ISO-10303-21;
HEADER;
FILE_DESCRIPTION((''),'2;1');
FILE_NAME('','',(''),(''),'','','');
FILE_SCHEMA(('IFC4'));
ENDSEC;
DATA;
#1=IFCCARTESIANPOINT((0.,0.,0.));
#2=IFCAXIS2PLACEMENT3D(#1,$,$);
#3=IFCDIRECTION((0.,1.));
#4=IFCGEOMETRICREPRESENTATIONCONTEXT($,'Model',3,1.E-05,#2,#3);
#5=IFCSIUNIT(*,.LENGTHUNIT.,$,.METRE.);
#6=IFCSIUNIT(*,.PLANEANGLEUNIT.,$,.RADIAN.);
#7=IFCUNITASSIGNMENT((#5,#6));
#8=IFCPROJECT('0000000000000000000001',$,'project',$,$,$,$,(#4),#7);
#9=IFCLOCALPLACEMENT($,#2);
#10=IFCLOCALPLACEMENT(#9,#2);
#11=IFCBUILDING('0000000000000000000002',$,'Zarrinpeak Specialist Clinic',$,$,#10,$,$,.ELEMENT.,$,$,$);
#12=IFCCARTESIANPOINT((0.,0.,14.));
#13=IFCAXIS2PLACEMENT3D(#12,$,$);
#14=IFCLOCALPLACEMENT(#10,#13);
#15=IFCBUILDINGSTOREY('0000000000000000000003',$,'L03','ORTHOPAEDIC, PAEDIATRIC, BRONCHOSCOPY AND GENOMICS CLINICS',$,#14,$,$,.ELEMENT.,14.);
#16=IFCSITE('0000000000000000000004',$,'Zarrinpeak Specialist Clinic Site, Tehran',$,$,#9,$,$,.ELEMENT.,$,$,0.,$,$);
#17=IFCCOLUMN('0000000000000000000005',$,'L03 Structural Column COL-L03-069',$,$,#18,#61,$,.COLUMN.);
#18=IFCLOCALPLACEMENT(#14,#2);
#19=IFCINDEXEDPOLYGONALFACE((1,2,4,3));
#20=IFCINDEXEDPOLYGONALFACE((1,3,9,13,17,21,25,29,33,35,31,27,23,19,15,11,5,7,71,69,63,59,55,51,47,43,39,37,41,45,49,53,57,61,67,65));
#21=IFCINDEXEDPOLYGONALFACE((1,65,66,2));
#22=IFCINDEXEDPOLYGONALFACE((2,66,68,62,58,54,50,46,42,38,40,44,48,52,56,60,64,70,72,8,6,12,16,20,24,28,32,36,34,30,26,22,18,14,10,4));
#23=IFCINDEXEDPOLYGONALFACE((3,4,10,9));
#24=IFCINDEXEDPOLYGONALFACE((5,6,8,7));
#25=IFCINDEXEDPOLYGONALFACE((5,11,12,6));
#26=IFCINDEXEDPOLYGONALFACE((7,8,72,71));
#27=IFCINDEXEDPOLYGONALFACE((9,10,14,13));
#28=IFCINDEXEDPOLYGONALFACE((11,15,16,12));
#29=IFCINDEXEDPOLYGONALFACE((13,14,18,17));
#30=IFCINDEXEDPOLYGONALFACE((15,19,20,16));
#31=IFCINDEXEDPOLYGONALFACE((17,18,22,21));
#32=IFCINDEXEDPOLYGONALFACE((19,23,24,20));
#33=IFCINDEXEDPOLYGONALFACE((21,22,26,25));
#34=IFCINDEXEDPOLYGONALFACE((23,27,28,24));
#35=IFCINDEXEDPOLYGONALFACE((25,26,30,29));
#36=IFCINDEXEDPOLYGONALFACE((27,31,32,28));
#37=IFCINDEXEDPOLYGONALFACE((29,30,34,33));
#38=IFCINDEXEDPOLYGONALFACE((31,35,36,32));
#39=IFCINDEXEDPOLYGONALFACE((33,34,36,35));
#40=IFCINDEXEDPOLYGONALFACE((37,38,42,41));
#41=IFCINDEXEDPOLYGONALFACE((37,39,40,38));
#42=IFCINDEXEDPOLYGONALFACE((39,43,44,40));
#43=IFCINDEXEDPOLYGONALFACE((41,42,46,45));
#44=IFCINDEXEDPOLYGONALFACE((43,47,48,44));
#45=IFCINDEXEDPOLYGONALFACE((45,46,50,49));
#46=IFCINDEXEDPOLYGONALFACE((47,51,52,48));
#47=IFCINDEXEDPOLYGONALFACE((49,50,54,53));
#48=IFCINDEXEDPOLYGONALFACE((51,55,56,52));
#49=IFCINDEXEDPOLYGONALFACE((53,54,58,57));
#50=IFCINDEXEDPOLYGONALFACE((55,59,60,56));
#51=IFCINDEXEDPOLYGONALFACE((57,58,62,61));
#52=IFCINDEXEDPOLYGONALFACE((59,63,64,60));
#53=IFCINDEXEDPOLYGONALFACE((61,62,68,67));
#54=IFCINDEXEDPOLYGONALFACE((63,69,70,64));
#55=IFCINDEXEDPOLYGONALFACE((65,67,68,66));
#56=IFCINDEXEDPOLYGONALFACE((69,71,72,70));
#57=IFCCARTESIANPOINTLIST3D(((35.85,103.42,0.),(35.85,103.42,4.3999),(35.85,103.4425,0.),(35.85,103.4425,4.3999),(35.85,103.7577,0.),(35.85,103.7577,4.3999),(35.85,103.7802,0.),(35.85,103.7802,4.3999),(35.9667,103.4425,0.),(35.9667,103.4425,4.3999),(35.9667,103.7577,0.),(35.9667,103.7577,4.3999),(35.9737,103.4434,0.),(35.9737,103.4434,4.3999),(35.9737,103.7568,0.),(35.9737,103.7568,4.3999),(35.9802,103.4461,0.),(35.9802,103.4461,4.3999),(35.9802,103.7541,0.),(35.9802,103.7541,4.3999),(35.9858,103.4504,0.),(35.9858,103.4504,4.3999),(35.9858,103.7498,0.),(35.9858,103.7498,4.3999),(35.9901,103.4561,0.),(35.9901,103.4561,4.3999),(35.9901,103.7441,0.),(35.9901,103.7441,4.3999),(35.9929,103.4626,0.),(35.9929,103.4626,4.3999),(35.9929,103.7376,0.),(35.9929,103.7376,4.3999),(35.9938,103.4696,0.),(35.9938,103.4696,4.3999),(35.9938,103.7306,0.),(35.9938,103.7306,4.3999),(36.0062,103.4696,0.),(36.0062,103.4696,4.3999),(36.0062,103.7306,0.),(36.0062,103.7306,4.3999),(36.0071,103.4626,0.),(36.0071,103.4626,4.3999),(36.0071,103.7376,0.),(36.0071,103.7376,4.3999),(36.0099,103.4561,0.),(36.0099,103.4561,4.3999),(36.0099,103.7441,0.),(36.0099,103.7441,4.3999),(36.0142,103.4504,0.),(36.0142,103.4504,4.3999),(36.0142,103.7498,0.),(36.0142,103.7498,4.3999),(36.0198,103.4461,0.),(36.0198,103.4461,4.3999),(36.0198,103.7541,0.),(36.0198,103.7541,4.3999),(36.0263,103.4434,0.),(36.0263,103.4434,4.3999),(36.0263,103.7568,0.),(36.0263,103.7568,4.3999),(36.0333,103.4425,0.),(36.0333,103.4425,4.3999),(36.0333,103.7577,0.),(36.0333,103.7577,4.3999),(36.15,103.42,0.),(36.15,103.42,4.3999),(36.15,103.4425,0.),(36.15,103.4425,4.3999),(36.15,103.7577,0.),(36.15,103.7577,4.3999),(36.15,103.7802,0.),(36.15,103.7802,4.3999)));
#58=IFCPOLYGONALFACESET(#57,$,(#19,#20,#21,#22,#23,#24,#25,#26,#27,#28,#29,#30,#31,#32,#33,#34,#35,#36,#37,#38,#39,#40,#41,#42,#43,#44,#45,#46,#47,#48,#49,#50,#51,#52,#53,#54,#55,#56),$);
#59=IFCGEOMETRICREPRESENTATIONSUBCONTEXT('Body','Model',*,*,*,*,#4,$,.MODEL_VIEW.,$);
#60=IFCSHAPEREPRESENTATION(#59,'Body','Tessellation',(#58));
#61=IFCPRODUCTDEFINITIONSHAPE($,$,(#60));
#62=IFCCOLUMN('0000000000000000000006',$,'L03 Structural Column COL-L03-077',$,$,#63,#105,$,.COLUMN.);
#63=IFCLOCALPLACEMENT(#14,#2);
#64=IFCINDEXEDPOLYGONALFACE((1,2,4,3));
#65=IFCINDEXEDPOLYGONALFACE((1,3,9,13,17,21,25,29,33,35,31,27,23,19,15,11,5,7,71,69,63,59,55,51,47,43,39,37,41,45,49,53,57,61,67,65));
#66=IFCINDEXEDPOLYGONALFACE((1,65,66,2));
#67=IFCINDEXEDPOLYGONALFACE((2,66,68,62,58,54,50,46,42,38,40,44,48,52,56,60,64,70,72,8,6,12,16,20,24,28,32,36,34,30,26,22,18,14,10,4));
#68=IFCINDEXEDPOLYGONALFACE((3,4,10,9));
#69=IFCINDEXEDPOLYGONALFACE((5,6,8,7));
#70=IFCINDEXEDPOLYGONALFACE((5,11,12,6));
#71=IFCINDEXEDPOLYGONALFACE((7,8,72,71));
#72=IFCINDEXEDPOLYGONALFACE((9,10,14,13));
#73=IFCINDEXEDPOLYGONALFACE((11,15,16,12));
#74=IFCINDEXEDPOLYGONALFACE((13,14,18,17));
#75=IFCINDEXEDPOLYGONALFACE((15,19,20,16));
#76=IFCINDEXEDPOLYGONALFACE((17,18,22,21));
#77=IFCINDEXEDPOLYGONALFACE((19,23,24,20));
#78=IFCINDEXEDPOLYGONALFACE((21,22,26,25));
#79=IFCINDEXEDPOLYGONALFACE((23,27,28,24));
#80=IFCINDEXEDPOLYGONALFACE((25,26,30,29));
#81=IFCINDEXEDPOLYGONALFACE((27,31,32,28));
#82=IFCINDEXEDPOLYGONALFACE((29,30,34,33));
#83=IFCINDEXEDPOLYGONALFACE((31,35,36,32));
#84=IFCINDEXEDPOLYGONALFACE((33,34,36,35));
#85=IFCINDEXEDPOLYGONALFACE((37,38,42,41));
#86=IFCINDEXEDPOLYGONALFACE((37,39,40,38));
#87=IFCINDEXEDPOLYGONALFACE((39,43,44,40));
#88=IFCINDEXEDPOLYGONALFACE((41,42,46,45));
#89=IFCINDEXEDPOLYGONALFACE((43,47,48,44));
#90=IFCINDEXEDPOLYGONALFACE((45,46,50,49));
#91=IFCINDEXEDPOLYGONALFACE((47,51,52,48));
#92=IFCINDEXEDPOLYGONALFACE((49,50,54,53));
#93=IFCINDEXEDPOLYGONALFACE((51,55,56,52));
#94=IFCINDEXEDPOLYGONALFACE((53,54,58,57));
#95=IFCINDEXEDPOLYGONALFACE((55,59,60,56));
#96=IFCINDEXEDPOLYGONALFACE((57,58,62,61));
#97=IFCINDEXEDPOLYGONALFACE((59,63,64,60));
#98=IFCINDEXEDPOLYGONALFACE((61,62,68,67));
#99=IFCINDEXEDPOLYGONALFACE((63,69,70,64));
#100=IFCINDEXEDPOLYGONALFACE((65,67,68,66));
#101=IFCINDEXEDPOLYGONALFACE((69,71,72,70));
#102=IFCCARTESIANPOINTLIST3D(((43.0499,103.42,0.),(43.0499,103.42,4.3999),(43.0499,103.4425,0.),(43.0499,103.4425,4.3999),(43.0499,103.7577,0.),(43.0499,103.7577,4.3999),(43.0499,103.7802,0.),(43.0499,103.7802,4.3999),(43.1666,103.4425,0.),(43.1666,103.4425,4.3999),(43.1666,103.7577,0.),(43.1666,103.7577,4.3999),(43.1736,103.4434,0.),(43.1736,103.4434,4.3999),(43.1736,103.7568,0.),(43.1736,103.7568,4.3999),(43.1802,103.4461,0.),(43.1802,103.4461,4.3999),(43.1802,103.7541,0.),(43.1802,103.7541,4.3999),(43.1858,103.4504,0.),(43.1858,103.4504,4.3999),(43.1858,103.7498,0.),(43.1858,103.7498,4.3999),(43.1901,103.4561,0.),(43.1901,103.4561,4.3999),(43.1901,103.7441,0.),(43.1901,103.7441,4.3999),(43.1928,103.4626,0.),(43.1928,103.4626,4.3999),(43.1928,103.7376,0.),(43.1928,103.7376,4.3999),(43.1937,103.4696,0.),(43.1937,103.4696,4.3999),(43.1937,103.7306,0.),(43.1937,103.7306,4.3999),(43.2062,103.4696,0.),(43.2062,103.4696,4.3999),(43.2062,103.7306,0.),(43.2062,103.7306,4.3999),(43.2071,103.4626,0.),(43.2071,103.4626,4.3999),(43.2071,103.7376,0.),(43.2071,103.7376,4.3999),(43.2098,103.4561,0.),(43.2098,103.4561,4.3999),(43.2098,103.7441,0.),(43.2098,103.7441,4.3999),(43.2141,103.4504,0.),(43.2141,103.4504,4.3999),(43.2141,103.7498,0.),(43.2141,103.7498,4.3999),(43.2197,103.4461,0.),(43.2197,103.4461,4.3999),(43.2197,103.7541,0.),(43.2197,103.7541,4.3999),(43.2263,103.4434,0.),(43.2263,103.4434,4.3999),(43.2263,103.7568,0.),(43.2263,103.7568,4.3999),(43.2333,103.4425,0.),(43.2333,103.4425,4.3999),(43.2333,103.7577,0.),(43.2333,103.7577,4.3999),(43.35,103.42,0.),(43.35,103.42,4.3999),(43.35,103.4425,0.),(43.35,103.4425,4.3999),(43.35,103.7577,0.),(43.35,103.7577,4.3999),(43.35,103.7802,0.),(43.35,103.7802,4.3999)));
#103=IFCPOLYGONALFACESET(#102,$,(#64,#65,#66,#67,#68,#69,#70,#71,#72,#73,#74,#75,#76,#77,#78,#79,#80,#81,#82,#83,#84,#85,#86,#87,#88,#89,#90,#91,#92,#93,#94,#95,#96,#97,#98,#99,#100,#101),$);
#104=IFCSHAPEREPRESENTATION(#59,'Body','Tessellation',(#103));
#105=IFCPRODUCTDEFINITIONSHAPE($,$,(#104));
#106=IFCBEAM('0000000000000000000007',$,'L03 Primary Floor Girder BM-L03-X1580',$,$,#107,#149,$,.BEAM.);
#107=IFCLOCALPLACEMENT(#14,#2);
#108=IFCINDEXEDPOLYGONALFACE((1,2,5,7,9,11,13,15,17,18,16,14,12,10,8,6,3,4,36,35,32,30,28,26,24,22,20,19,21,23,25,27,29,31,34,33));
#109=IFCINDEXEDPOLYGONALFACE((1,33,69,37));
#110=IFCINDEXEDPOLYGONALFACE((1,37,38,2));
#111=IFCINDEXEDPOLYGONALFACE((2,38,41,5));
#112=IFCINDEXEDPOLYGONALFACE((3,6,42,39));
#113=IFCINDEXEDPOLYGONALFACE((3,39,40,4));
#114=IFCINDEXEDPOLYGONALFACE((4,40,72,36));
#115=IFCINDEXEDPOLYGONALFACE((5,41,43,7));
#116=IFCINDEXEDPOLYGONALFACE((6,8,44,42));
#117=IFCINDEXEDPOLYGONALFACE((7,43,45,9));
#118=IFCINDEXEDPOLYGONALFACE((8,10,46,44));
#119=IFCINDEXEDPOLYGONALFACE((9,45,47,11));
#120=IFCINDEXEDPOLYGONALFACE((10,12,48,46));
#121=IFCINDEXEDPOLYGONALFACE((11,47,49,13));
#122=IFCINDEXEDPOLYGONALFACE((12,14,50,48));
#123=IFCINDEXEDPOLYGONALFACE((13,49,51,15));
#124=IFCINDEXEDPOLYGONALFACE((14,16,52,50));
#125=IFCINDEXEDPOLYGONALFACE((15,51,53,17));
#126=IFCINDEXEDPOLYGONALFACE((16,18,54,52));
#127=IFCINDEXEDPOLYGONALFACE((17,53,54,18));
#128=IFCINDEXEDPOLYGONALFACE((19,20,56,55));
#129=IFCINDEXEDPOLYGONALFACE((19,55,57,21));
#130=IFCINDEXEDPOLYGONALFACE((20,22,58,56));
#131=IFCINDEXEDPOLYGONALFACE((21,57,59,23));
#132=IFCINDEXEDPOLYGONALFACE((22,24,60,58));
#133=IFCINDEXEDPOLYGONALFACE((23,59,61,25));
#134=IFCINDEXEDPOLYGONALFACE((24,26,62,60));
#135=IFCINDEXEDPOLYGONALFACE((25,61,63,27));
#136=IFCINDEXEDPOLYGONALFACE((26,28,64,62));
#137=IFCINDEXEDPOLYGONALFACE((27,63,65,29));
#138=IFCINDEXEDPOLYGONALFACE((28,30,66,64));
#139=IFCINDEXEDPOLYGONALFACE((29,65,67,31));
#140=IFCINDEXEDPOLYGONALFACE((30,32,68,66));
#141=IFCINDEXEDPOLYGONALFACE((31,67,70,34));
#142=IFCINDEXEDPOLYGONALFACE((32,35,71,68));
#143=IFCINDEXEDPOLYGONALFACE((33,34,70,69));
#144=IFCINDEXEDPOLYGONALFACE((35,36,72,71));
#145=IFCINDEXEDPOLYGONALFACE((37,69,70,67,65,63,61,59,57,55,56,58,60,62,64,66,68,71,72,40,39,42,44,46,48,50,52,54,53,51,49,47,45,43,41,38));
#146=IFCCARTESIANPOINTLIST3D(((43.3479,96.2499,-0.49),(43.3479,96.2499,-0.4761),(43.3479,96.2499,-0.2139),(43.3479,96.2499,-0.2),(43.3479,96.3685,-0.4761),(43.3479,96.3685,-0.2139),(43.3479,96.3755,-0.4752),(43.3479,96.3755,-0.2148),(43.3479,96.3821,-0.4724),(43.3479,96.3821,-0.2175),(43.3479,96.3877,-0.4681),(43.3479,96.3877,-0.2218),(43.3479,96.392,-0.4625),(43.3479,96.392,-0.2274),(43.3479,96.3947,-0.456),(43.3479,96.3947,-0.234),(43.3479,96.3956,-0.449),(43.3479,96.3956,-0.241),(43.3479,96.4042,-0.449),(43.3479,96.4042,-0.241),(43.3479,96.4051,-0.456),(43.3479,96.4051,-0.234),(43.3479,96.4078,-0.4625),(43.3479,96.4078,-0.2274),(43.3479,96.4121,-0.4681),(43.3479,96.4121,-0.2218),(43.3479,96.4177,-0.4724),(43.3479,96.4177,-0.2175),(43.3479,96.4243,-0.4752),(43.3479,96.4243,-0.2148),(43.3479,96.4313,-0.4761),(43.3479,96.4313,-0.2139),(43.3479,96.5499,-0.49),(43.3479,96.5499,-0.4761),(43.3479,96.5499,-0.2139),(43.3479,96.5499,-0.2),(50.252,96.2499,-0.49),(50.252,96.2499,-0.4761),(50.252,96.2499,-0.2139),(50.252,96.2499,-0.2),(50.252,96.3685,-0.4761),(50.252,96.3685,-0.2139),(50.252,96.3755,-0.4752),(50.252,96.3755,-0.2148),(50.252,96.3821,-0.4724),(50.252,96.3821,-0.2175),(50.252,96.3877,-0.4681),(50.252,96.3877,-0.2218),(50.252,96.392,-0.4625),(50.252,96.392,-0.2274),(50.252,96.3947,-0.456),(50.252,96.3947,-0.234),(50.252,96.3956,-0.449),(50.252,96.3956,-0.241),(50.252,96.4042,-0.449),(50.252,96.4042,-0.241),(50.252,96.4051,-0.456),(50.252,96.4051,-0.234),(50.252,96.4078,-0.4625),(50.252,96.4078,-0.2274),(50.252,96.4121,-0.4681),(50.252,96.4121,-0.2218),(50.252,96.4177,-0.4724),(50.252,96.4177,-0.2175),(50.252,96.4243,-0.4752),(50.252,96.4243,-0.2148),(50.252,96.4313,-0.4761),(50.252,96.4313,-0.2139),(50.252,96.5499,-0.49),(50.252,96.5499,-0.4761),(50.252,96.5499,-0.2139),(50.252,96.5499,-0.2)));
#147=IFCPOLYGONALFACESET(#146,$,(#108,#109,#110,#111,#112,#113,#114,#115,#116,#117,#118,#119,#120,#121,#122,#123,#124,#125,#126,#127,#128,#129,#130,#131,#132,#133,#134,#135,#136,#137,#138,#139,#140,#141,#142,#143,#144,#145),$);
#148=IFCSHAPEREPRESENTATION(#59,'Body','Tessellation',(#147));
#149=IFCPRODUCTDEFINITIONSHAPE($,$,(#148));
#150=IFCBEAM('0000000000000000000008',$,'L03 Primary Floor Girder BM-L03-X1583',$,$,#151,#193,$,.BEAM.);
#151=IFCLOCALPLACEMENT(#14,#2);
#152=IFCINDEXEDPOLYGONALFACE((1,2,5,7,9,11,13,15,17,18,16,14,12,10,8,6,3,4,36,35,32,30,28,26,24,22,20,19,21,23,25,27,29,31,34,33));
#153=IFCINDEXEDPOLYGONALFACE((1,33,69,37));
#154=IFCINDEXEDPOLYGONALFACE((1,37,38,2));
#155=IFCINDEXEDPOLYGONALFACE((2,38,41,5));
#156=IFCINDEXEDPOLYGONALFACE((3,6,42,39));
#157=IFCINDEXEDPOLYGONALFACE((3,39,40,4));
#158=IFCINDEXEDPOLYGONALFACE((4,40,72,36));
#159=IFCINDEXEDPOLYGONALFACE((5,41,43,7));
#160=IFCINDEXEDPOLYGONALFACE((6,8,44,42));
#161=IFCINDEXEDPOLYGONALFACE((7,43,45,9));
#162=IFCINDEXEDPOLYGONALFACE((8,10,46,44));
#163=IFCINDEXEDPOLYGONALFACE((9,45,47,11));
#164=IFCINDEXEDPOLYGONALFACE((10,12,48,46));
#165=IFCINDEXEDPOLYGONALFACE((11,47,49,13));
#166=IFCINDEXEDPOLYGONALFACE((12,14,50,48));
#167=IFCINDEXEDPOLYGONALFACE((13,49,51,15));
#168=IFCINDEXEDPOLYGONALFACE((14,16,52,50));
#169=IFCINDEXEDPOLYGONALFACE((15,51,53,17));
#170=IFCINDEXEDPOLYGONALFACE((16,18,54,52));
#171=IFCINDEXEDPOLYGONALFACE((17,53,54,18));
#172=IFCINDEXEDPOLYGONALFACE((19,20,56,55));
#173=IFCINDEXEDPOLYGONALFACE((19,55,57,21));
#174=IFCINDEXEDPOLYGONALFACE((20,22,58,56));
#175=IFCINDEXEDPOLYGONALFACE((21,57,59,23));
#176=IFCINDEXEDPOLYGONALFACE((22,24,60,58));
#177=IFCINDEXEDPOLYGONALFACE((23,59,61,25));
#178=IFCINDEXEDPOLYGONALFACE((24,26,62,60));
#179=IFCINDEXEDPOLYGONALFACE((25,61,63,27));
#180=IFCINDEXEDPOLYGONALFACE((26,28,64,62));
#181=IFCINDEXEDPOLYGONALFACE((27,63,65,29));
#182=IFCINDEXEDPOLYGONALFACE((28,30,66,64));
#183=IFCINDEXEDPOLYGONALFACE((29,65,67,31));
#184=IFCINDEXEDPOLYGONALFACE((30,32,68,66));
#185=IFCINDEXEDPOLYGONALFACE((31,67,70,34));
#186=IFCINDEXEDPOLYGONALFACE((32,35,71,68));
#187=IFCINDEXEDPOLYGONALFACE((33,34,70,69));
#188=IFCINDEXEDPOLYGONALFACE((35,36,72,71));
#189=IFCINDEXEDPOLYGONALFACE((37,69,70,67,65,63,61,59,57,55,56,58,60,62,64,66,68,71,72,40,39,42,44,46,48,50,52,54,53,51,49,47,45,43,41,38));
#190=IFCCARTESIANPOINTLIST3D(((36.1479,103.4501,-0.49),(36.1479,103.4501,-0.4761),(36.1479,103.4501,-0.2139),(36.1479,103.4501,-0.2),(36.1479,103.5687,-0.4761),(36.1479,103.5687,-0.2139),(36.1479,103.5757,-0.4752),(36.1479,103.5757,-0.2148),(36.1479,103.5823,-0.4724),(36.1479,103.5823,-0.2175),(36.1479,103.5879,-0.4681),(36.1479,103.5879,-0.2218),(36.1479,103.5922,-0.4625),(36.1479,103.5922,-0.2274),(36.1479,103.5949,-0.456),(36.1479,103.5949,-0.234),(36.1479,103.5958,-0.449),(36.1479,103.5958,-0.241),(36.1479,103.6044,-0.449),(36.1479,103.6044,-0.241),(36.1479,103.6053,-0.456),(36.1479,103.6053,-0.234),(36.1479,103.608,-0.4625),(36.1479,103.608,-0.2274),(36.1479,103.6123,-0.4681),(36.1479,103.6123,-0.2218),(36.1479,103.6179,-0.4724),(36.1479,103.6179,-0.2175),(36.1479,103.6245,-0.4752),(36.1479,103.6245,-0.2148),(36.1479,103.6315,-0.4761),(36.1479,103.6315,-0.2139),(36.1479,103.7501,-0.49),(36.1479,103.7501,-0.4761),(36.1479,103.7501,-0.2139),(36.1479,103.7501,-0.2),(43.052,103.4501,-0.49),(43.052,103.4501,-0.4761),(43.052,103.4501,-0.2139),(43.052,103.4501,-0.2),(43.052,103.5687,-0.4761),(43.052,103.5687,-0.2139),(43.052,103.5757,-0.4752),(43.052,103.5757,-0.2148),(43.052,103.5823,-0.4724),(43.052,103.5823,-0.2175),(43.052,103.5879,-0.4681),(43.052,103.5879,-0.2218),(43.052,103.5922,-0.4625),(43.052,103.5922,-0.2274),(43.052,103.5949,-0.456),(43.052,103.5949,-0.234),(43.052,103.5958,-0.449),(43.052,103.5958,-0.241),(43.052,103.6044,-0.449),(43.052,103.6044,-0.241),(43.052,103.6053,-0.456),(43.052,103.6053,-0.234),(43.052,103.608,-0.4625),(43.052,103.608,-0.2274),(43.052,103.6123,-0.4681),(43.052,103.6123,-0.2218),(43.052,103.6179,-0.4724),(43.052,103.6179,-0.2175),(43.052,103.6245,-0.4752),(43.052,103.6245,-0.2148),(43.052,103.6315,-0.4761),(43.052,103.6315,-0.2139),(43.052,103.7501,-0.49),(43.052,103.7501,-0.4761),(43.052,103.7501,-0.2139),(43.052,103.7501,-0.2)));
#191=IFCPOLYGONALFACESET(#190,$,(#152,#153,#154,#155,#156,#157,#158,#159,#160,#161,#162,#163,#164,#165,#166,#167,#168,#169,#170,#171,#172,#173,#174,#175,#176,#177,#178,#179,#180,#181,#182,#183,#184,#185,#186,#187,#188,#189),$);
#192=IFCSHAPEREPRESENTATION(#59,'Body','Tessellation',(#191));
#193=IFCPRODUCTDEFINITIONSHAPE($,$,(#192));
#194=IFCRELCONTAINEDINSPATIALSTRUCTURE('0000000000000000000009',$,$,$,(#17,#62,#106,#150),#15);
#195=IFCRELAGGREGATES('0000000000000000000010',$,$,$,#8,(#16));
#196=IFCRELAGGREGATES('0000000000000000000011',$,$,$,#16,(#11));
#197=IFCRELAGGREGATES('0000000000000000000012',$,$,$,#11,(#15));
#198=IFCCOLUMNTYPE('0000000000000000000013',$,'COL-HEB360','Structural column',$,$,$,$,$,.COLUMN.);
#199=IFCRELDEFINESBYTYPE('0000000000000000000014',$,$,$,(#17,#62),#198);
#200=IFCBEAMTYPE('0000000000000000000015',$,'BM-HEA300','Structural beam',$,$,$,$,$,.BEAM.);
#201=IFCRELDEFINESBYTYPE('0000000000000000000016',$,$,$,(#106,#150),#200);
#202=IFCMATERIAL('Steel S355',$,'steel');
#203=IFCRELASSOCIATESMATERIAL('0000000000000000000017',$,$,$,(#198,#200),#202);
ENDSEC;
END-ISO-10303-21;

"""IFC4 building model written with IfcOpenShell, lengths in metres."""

from ifc_helpers import new_model, si_unit, direction, frame, origin, origin_2d, place, context, subcontext, project, spatial, i_section, extrude, material, material_profile, profile_set, type_object, element, save


model = new_model("IFC4")

# Units and contexts
model_context = context("Model", 3, precision=1e-05, world=origin(), true_north=direction((0.0, 1.0)))
body_context = subcontext(model_context, "Body", "Model", "MODEL_VIEW")
ifc_project = project(units=[si_unit("LENGTHUNIT", "METRE"), si_unit("PLANEANGLEUNIT", "RADIAN")], contexts=[model_context])

# Site, building, storey
site_placement = place(None, origin())
site = spatial("IfcSite", under=ifc_project, at=site_placement, Name="Zarrinpeak Specialist Clinic Site, Tehran", CompositionType="ELEMENT", RefElevation=0.0)
building_placement = place(site_placement, origin())
building = spatial("IfcBuilding", under=site, at=building_placement, Name="Zarrinpeak Specialist Clinic", CompositionType="ELEMENT")
storey_placement = place(building_placement, frame((0.0, 0.0, 14.0)))
storey = spatial("IfcBuildingStorey", under=building, at=storey_placement, Name="L03", Description="ORTHOPAEDIC, PAEDIATRIC, BRONCHOSCOPY AND GENOMICS CLINICS", CompositionType="ELEMENT", Elevation=14.0)

# Columns
ifc_material_1 = material(Name="Steel S355", Category="steel")
ifc_material_profile_1 = material_profile(ifc_material_1, i_section(OverallWidth=0.3, OverallDepth=0.3601, WebThickness=0.0125, FlangeThickness=0.0225, FilletRadius=0.0271, at=origin_2d()), Name="HEB 360")
ifc_profile_set_1 = profile_set([ifc_material_profile_1], Name="Steel S355")
column_type = type_object("IfcColumnType", Name="COL-HEB360", Description="Structural column", PredefinedType="COLUMN", material=ifc_profile_set_1)
for number, where, z_axis, x_axis, name in (
    (1, (36.0, 103.6001, 0.0), (0.0, 0.0, 1.0), (1.0, 0.0, 0.0), "L03 Structural Column COL-L03-069"),
    (2, (43.2, 103.6001, 0.0), (0.0, 0.0, 1.0), (1.0, 0.0, 0.0), "L03 Structural Column COL-L03-077"),
):
    element("IfcColumn", number, at=place(storey_placement, frame(where, z_axis=z_axis, x_axis=x_axis)), inside=storey, type_object=column_type, Name=name, PredefinedType="COLUMN", context=body_context, shape_type="SweptSolid", body=[
        extrude(i_section(OverallWidth=0.3, OverallDepth=0.3601, WebThickness=0.0125, FlangeThickness=0.0225, FilletRadius=0.0271, at=origin_2d()), origin(), (0.0, 0.0, 1.0), 4.3999),
    ])

# Beams
ifc_material_profile_2 = material_profile(ifc_material_1, i_section(OverallWidth=0.3, OverallDepth=0.29, WebThickness=0.0085, FlangeThickness=0.0139, FilletRadius=0.0271, at=origin_2d()), Name="HEA 300")
ifc_profile_set_2 = profile_set([ifc_material_profile_2], Name="Steel S355")
beam_type_1 = type_object("IfcBeamType", Name="BM-HEA300", Description="Structural beam", PredefinedType="BEAM", material=ifc_profile_set_2)
for number, where, z_axis, x_axis, name in (
    (3, (43.3479, 96.3999, -0.345), (1.0, 0.0, 0.0), (0.0, 1.0, 0.0), "L03 Primary Floor Girder BM-L03-X1580"),
    (4, (36.1479, 103.6001, -0.345), (1.0, 0.0, 0.0), (0.0, 1.0, 0.0), "L03 Primary Floor Girder BM-L03-X1583"),
):
    element("IfcBeam", number, at=place(storey_placement, frame(where, z_axis=z_axis, x_axis=x_axis)), inside=storey, type_object=beam_type_1, Name=name, PredefinedType="BEAM", context=body_context, shape_type="SweptSolid", body=[
        extrude(i_section(OverallWidth=0.3, OverallDepth=0.29, WebThickness=0.0085, FlangeThickness=0.0139, FilletRadius=0.0271, at=origin_2d()), origin(), (0.0, 0.0, 1.0), 6.9041),
    ])

save(model, "model.ifc")
